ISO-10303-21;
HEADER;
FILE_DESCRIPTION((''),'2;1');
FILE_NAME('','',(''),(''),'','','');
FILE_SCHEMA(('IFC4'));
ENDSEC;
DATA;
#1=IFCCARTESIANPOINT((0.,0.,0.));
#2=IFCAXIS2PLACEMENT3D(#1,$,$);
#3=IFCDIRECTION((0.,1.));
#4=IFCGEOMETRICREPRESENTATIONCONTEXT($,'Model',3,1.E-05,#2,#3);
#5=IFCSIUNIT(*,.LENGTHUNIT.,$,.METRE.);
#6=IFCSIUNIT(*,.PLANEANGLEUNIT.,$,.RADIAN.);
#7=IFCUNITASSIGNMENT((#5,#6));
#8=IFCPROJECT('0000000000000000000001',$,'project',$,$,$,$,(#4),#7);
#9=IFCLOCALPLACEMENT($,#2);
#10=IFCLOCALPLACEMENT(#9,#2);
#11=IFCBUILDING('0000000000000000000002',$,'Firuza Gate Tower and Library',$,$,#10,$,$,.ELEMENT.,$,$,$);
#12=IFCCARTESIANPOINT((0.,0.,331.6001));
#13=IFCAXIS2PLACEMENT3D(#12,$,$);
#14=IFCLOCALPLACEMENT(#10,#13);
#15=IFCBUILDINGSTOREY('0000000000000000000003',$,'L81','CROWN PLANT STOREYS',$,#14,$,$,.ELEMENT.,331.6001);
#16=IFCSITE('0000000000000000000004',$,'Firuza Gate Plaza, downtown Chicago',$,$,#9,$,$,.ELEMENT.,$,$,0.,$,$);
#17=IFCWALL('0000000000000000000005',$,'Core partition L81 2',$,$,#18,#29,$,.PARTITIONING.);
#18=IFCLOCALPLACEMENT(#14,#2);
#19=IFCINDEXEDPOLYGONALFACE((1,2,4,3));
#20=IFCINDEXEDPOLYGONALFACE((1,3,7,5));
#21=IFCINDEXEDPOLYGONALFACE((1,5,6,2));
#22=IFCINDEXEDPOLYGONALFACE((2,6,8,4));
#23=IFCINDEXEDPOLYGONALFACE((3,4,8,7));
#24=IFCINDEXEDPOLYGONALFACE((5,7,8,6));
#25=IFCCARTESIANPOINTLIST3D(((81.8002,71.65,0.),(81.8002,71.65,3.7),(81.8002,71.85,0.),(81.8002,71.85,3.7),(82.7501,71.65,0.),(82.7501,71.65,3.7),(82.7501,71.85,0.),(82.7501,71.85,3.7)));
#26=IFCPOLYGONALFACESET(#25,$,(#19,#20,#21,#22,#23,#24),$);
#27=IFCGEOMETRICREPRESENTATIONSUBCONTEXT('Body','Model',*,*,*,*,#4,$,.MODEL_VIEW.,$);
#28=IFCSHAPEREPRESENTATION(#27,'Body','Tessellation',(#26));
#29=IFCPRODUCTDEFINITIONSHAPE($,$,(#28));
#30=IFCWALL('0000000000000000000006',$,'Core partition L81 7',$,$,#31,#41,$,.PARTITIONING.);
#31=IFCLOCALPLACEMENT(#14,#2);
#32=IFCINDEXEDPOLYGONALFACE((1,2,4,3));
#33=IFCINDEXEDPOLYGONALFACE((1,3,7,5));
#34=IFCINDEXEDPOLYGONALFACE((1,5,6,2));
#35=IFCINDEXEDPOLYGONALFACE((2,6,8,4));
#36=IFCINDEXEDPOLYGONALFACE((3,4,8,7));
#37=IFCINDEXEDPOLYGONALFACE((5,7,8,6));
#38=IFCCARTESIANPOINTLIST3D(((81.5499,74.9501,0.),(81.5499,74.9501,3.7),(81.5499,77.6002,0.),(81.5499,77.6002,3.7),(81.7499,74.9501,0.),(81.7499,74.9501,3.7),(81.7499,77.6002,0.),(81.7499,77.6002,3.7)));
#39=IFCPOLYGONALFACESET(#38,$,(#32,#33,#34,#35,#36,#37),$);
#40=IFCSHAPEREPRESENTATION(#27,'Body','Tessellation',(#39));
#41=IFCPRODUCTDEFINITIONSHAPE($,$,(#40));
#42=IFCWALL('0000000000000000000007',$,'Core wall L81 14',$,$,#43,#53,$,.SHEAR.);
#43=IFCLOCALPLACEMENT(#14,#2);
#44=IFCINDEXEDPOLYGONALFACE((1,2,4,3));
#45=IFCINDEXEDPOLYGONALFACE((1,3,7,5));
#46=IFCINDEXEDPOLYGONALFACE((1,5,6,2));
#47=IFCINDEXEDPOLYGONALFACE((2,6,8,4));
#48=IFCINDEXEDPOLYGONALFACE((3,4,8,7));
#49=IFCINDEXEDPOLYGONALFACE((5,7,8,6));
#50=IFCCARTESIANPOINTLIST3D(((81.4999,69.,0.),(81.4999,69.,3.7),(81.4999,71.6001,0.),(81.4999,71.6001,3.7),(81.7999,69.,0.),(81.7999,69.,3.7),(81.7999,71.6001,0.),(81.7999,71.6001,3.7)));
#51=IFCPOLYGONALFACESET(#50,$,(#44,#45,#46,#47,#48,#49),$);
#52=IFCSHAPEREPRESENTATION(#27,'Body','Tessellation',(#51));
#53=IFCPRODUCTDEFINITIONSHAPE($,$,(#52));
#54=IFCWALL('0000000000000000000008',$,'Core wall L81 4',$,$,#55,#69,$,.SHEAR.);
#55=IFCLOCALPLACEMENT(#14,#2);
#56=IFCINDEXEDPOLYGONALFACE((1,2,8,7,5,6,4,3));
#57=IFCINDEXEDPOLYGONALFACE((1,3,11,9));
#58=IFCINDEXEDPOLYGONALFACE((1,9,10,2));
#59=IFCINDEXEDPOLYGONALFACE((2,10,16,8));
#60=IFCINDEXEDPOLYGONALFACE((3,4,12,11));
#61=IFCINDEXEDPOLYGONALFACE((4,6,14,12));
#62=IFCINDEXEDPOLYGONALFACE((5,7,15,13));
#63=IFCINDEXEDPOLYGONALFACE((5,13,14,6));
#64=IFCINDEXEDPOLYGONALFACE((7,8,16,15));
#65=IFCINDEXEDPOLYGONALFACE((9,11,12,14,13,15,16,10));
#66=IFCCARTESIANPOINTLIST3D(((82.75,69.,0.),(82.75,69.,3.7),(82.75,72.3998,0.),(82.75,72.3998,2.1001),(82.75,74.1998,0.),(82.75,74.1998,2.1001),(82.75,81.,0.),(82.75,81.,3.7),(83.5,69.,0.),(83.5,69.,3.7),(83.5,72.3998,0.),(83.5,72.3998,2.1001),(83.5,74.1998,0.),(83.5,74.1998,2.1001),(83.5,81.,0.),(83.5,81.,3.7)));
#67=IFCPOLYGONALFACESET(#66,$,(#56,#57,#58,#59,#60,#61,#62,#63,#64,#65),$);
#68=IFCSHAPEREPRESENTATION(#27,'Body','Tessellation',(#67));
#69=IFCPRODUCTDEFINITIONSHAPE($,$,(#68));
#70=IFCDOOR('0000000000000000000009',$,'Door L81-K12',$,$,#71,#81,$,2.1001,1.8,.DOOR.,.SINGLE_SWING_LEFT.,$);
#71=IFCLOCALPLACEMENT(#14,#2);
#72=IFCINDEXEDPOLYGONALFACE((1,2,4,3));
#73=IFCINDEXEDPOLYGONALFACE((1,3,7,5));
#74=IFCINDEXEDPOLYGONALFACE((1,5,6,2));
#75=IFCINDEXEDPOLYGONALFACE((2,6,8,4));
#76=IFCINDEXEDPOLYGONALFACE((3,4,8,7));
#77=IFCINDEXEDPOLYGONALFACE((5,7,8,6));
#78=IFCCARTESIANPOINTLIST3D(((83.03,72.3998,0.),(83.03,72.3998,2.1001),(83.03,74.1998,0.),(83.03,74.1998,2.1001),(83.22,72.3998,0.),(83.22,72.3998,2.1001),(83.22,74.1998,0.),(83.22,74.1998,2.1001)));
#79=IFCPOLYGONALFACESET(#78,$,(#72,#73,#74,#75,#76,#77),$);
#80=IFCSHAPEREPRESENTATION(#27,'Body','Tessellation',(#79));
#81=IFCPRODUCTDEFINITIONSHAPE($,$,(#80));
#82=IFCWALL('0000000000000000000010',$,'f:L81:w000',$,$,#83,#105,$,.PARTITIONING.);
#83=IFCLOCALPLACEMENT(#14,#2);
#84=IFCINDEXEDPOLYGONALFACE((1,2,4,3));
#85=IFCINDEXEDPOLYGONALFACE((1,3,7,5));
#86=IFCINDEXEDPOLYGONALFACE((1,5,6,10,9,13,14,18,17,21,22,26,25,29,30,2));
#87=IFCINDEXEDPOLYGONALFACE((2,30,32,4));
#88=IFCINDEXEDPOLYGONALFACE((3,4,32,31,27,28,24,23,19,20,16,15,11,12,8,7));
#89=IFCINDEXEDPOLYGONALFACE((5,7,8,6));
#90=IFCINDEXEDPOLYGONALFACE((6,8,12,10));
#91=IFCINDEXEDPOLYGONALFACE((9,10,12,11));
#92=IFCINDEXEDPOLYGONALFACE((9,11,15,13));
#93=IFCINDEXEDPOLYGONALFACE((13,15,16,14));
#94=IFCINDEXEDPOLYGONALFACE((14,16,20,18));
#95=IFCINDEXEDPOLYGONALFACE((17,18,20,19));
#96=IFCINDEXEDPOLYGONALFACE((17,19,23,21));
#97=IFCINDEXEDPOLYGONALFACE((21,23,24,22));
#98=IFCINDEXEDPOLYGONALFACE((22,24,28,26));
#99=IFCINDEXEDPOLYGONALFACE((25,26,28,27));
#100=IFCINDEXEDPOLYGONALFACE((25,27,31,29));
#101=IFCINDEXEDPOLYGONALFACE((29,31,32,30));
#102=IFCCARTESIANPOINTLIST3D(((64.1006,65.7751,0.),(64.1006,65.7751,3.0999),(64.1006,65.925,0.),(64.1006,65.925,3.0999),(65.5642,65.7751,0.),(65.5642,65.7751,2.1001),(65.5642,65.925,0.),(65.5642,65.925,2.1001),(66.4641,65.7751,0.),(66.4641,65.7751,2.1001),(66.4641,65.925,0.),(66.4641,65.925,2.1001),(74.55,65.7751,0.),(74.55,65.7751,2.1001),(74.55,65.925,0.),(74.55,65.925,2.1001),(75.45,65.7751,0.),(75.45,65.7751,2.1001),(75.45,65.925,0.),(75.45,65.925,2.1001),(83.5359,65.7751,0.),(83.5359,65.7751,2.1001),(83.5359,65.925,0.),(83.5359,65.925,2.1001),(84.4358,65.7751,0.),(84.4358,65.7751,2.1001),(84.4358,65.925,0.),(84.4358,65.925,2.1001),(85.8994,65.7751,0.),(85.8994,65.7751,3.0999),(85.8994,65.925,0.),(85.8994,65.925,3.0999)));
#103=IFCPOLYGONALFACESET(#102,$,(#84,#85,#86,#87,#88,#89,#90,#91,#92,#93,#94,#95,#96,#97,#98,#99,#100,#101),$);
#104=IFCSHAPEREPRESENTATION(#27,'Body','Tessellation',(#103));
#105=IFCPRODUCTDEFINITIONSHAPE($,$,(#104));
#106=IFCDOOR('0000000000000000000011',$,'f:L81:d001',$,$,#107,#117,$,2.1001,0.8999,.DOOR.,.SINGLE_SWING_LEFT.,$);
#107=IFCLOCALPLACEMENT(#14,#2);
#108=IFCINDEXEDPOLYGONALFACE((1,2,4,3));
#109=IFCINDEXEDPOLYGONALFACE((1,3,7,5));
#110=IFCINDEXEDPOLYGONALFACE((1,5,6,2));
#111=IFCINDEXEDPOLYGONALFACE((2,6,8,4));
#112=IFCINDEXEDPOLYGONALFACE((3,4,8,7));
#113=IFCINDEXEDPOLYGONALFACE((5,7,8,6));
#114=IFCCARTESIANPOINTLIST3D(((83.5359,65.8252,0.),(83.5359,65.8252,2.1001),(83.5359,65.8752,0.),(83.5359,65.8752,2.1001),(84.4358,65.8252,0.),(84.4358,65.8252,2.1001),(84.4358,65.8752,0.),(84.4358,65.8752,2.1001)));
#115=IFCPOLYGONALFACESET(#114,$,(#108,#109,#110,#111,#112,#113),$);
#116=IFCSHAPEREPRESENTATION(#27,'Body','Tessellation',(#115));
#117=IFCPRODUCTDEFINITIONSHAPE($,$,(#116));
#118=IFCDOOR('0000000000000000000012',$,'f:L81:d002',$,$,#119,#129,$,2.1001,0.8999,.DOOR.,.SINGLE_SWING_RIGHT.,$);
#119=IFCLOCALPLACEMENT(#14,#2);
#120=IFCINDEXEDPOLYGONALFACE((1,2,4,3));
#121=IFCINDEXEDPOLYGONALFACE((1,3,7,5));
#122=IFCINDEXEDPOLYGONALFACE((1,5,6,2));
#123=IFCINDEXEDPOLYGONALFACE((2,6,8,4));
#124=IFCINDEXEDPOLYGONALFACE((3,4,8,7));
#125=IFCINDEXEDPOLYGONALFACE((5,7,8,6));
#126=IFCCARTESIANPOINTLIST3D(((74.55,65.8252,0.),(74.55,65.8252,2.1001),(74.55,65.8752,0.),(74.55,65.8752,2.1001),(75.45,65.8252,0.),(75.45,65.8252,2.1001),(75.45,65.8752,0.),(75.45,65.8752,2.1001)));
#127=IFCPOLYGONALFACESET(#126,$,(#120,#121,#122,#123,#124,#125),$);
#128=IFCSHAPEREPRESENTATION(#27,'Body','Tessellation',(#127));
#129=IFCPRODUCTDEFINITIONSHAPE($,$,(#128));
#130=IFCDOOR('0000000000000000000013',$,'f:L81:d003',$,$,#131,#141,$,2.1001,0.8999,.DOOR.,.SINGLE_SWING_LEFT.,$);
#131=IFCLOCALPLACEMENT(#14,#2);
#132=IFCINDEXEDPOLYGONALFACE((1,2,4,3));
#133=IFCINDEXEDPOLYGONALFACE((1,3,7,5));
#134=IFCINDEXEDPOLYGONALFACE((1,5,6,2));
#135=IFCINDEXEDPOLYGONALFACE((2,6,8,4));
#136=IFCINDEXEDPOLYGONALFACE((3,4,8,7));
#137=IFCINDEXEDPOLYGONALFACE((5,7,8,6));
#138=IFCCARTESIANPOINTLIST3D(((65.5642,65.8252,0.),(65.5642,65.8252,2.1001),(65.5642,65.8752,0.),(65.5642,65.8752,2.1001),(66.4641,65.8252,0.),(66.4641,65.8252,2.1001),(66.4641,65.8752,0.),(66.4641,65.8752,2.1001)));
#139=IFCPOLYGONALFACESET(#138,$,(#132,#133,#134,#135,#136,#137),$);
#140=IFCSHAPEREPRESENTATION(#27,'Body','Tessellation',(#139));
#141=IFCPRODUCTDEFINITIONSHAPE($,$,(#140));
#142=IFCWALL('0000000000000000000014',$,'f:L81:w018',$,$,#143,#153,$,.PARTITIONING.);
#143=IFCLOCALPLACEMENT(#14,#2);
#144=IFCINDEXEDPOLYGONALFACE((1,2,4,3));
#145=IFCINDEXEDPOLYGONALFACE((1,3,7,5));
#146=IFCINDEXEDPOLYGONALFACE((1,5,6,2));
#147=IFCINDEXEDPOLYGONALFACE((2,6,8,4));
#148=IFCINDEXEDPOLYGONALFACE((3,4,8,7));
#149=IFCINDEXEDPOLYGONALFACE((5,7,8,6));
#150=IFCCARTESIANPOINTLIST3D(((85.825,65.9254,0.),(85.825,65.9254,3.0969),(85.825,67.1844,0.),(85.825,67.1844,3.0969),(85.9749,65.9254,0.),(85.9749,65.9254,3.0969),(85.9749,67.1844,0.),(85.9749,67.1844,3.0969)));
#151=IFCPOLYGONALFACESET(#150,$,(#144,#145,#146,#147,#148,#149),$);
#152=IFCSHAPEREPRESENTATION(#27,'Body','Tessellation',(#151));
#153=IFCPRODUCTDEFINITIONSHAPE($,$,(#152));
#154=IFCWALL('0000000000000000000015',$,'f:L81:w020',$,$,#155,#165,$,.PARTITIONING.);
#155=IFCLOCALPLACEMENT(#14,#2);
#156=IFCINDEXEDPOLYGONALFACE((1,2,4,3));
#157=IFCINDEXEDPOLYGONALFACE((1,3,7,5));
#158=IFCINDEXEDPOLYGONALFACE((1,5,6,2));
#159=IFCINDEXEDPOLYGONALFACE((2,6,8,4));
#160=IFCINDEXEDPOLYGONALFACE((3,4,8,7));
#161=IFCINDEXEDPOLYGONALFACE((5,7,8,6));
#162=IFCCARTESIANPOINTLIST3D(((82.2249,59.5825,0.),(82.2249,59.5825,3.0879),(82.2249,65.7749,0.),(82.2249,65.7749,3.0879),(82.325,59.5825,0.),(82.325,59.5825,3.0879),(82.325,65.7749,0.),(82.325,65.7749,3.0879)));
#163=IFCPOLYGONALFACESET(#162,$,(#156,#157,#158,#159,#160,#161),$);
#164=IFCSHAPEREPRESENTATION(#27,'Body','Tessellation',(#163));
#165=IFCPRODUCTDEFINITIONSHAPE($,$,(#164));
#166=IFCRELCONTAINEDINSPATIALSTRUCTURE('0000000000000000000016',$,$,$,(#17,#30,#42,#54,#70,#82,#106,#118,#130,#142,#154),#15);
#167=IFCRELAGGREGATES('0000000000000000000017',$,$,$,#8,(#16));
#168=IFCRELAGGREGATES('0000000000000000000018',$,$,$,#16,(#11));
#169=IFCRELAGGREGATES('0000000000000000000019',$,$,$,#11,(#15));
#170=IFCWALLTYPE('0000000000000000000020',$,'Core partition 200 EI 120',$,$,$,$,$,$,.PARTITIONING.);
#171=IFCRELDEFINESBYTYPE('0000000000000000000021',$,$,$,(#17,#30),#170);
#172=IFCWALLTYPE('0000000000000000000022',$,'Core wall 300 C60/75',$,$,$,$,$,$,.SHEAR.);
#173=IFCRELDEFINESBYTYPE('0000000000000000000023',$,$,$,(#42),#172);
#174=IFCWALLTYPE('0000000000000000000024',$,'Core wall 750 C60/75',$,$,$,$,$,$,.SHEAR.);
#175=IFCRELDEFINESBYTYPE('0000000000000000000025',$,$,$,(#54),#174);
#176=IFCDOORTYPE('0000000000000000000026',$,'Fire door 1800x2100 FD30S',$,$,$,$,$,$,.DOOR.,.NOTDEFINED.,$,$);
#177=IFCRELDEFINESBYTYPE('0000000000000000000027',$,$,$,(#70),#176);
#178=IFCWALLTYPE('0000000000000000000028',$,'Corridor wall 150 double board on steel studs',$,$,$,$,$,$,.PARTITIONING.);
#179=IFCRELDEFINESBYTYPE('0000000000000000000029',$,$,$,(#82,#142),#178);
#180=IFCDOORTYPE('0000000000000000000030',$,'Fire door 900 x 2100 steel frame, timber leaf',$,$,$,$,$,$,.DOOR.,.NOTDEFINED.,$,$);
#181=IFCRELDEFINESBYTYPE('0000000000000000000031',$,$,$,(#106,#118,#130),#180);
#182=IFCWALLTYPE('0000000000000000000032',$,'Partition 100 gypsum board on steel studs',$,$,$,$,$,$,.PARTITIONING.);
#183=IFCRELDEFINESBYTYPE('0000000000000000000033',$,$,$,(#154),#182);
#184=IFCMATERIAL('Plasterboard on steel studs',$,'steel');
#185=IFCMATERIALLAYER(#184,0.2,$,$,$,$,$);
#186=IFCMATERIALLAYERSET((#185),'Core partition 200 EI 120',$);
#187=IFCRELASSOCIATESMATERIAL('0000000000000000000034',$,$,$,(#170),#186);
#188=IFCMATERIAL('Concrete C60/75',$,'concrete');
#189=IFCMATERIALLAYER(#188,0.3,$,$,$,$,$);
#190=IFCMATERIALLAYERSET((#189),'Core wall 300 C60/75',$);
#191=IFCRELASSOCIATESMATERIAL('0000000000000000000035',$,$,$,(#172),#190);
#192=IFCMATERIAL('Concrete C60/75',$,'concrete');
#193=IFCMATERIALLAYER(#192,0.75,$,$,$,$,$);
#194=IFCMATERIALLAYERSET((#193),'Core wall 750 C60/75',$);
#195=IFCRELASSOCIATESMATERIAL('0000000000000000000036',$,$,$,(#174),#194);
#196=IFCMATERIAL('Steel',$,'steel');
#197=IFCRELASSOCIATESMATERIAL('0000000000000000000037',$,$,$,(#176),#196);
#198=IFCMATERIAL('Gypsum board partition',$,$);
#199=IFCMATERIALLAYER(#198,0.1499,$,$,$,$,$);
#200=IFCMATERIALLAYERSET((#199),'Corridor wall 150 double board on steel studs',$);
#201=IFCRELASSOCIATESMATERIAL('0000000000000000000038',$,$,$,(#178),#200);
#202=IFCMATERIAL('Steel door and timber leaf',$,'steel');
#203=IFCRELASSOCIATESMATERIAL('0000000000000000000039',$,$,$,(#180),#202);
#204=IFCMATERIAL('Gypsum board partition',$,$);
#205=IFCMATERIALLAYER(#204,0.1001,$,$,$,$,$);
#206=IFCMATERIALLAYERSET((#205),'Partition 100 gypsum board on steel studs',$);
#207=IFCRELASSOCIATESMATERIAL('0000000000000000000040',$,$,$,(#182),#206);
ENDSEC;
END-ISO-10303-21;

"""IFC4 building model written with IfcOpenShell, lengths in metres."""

from ifc_helpers import new_model, si_unit, direction, frame, frame_2d, origin, place, context, subcontext, project, spatial, rectangle, extrude, material, layer, layer_set, type_object, element, fill, save


model = new_model("IFC4")

# Units and contexts
model_context = context("Model", 3, precision=1e-05, world=origin(), true_north=direction((0.0, 1.0)))
body_context = subcontext(model_context, "Body", "Model", "MODEL_VIEW")
ifc_project = project(units=[si_unit("LENGTHUNIT", "METRE"), si_unit("PLANEANGLEUNIT", "RADIAN")], contexts=[model_context])

# Site, building, storey
site_placement = place(None, origin())
site = spatial("IfcSite", under=ifc_project, at=site_placement, Name="Firuza Gate Plaza, downtown Chicago", CompositionType="ELEMENT", RefElevation=0.0)
building_placement = place(site_placement, origin())
building = spatial("IfcBuilding", under=site, at=building_placement, Name="Firuza Gate Tower and Library", CompositionType="ELEMENT")
storey_placement = place(building_placement, frame((0.0, 0.0, 331.6001)))
storey = spatial("IfcBuildingStorey", under=building, at=storey_placement, Name="L81", Description="CROWN PLANT STOREYS", CompositionType="ELEMENT", Elevation=331.6001)

# Walls
ifc_material_1 = material(Name="Plasterboard on steel studs", Category="steel")
ifc_layer_1 = layer(ifc_material_1, 0.2)
ifc_layer_set_1 = layer_set([ifc_layer_1], Name="Core partition 200 EI 120")
wall_type_1 = type_object("IfcWallType", Name="Core partition 200 EI 120", PredefinedType="PARTITIONING", material=ifc_layer_set_1)
wall_1_placement = place(storey_placement, frame((81.8, 71.75, 0.0), z_axis=(0.0, 0.0, 1.0), x_axis=(1.0, 0.0, 0.0)))
element("IfcWall", 1, at=wall_1_placement, inside=storey, type_object=wall_type_1, Name="Core partition L81 2", PredefinedType="PARTITIONING", context=body_context, shape_type="SweptSolid", body=[
    extrude(rectangle(XDim=0.95, YDim=0.2, at=frame_2d((0.4751, 0.0))), origin(), (0.0, 0.0, 1.0), 3.7),
])
wall_2_placement = place(storey_placement, frame((81.6499, 74.95, 0.0), z_axis=(0.0, 0.0, 1.0), x_axis=(0.0, 1.0, 0.0)))
element("IfcWall", 2, at=wall_2_placement, inside=storey, type_object=wall_type_1, Name="Core partition L81 7", PredefinedType="PARTITIONING", context=body_context, shape_type="SweptSolid", body=[
    extrude(rectangle(XDim=2.6501, YDim=0.2, at=frame_2d((1.3252, 0.0))), origin(), (0.0, 0.0, 1.0), 3.7),
])
ifc_material_2 = material(Name="Concrete C60/75", Category="concrete")
ifc_layer_2 = layer(ifc_material_2, 0.3)
ifc_layer_set_2 = layer_set([ifc_layer_2], Name="Core wall 300 C60/75")
wall_type_2 = type_object("IfcWallType", Name="Core wall 300 C60/75", PredefinedType="SHEAR", material=ifc_layer_set_2)
wall_3_placement = place(storey_placement, frame((81.6499, 69.0, 0.0), z_axis=(0.0, 0.0, 1.0), x_axis=(0.0, 1.0, 0.0)))
element("IfcWall", 3, at=wall_3_placement, inside=storey, type_object=wall_type_2, Name="Core wall L81 14", PredefinedType="SHEAR", context=body_context, shape_type="SweptSolid", body=[
    extrude(rectangle(XDim=2.6001, YDim=0.3, at=frame_2d((1.3, 0.0))), origin(), (0.0, 0.0, 1.0), 3.7),
])

# Wall, opening, door
ifc_material_3 = material(Name="Concrete C60/75", Category="concrete")
ifc_layer_3 = layer(ifc_material_3, 0.75)
ifc_layer_set_3 = layer_set([ifc_layer_3], Name="Core wall 750 C60/75")
wall_type_3 = type_object("IfcWallType", Name="Core wall 750 C60/75", PredefinedType="SHEAR", material=ifc_layer_set_3)
wall_4_placement = place(storey_placement, frame((83.125, 69.0, 0.0), z_axis=(0.0, 0.0, 1.0), x_axis=(0.0, 1.0, 0.0)))
wall_4 = element("IfcWall", 4, at=wall_4_placement, inside=storey, type_object=wall_type_3, Name="Core wall L81 4", PredefinedType="SHEAR", context=body_context, shape_type="SweptSolid", body=[
    extrude(rectangle(XDim=12.0, YDim=0.75, at=frame_2d((6.0, 0.0))), origin(), (0.0, 0.0, 1.0), 3.7),
])
opening_1_placement = place(wall_4_placement, frame((3.3999, 0.0, 0.0)))
opening_1 = element("IfcOpeningElement", 5, at=opening_1_placement, cuts=wall_4, PredefinedType="OPENING", context=body_context, shape_type="SweptSolid", body=[
    extrude(rectangle(XDim=1.8, YDim=2.1001, at=frame_2d((0.8999, 1.05))), frame((0.0, 0.385, 0.0), z_axis=(0.0, -1.0, 0.0), x_axis=(1.0, 0.0, 0.0)), (0.0, 0.0, 1.0), 0.77),
])
ifc_material_4 = material(Name="Steel", Category="steel")
door_type_1 = type_object("IfcDoorType", Name="Fire door 1800x2100 FD30S", OperationType="NOTDEFINED", PredefinedType="DOOR", material=ifc_material_4)
door_1_placement = place(opening_1_placement, origin())
door_1 = element("IfcDoor", 6, at=door_1_placement, inside=storey, type_object=door_type_1, Name="Door L81-K12", OperationType="SINGLE_SWING_LEFT", OverallHeight=2.1001, OverallWidth=1.8, PredefinedType="DOOR", context=body_context, shape_type="SweptSolid", body=[
    extrude(rectangle(XDim=1.8, YDim=2.1001, at=frame_2d((0.8999, 1.05))), frame((0.0, 0.095, 0.0), z_axis=(0.0, -1.0, 0.0), x_axis=(1.0, 0.0, 0.0)), (0.0, 0.0, 1.0), 0.1899),
])
fill(opening_1, door_1)

# Wall, openings, doors
ifc_material_5 = material(Name="Gypsum board partition")
ifc_layer_4 = layer(ifc_material_5, 0.1499)
ifc_layer_set_4 = layer_set([ifc_layer_4], Name="Corridor wall 150 double board on steel studs")
wall_type_4 = type_object("IfcWallType", Name="Corridor wall 150 double board on steel studs", PredefinedType="PARTITIONING", material=ifc_layer_set_4)
wall_5_placement = place(storey_placement, frame((85.8994, 65.8501, 0.0), z_axis=(0.0, 0.0, 1.0), x_axis=(-1.0, 0.0, 0.0)))
wall_5 = element("IfcWall", 7, at=wall_5_placement, inside=storey, type_object=wall_type_4, Name="f:L81:w000", PredefinedType="PARTITIONING", context=body_context, shape_type="SweptSolid", body=[
    extrude(rectangle(XDim=21.7988, YDim=0.1499, at=frame_2d((10.8994, 0.0))), origin(), (0.0, 0.0, 1.0), 3.0999),
])
opening_2_placement = place(wall_5_placement, frame((1.4636, 0.0, 0.0)))
opening_2 = element("IfcOpeningElement", 8, at=opening_2_placement, cuts=wall_5, PredefinedType="OPENING", context=body_context, shape_type="SweptSolid", body=[
    extrude(rectangle(XDim=0.8999, YDim=2.1001, at=frame_2d((0.45, 1.05))), frame((0.0, 0.085, 0.0), z_axis=(0.0, -1.0, 0.0), x_axis=(1.0, 0.0, 0.0)), (0.0, 0.0, 1.0), 0.1699),
])
opening_3_placement = place(wall_5_placement, frame((10.4495, 0.0, 0.0)))
opening_3 = element("IfcOpeningElement", 9, at=opening_3_placement, cuts=wall_5, PredefinedType="OPENING", context=body_context, shape_type="SweptSolid", body=[
    extrude(rectangle(XDim=0.8999, YDim=2.1001, at=frame_2d((0.45, 1.05))), frame((0.0, 0.085, 0.0), z_axis=(0.0, -1.0, 0.0), x_axis=(1.0, 0.0, 0.0)), (0.0, 0.0, 1.0), 0.1699),
])
opening_4_placement = place(wall_5_placement, frame((19.4353, 0.0, 0.0)))
opening_4 = element("IfcOpeningElement", 10, at=opening_4_placement, cuts=wall_5, PredefinedType="OPENING", context=body_context, shape_type="SweptSolid", body=[
    extrude(rectangle(XDim=0.8999, YDim=2.1001, at=frame_2d((0.45, 1.05))), frame((0.0, 0.085, 0.0), z_axis=(0.0, -1.0, 0.0), x_axis=(1.0, 0.0, 0.0)), (0.0, 0.0, 1.0), 0.1699),
])
ifc_material_6 = material(Name="Steel door and timber leaf", Category="steel")
door_type_2 = type_object("IfcDoorType", Name="Fire door 900 x 2100 steel frame, timber leaf", OperationType="NOTDEFINED", PredefinedType="DOOR", material=ifc_material_6)
door_2_placement = place(opening_2_placement, origin())
door_2 = element("IfcDoor", 11, at=door_2_placement, inside=storey, type_object=door_type_2, Name="f:L81:d001", OperationType="SINGLE_SWING_LEFT", OverallHeight=2.1001, OverallWidth=0.8999, PredefinedType="DOOR", context=body_context, shape_type="SweptSolid", body=[
    extrude(rectangle(XDim=0.8999, YDim=2.1001, at=frame_2d((0.45, 1.05))), frame((0.0, 0.0249, 0.0), z_axis=(0.0, -1.0, 0.0), x_axis=(1.0, 0.0, 0.0)), (0.0, 0.0, 1.0), 0.05),
])
fill(opening_2, door_2)
door_3_placement = place(opening_3_placement, origin())
door_3 = element("IfcDoor", 12, at=door_3_placement, inside=storey, type_object=door_type_2, Name="f:L81:d002", OperationType="SINGLE_SWING_RIGHT", OverallHeight=2.1001, OverallWidth=0.8999, PredefinedType="DOOR", context=body_context, shape_type="SweptSolid", body=[
    extrude(rectangle(XDim=0.8999, YDim=2.1001, at=frame_2d((0.45, 1.05))), frame((0.0, 0.0249, 0.0), z_axis=(0.0, -1.0, 0.0), x_axis=(1.0, 0.0, 0.0)), (0.0, 0.0, 1.0), 0.05),
])
fill(opening_3, door_3)
door_4_placement = place(opening_4_placement, origin())
door_4 = element("IfcDoor", 13, at=door_4_placement, inside=storey, type_object=door_type_2, Name="f:L81:d003", OperationType="SINGLE_SWING_LEFT", OverallHeight=2.1001, OverallWidth=0.8999, PredefinedType="DOOR", context=body_context, shape_type="SweptSolid", body=[
    extrude(rectangle(XDim=0.8999, YDim=2.1001, at=frame_2d((0.45, 1.05))), frame((0.0, 0.0249, 0.0), z_axis=(0.0, -1.0, 0.0), x_axis=(1.0, 0.0, 0.0)), (0.0, 0.0, 1.0), 0.05),
])
fill(opening_4, door_4)

# Walls
wall_6_placement = place(storey_placement, frame((85.8999, 65.9255, 0.0), z_axis=(0.0, 0.0, 1.0), x_axis=(0.0, 1.0, 0.0)))
element("IfcWall", 14, at=wall_6_placement, inside=storey, type_object=wall_type_4, Name="f:L81:w018", PredefinedType="PARTITIONING", context=body_context, shape_type="SweptSolid", body=[
    extrude(rectangle(XDim=1.259, YDim=0.1499, at=frame_2d((0.6294, 0.0))), origin(), (0.0, 0.0, 1.0), 3.0969),
])
ifc_material_7 = material(Name="Gypsum board partition")
ifc_layer_5 = layer(ifc_material_7, 0.1001)
ifc_layer_set_5 = layer_set([ifc_layer_5], Name="Partition 100 gypsum board on steel studs")
wall_type_5 = type_object("IfcWallType", Name="Partition 100 gypsum board on steel studs", PredefinedType="PARTITIONING", material=ifc_layer_set_5)
wall_7_placement = place(storey_placement, frame((82.2749, 59.5825, 0.0), z_axis=(0.0, 0.0, 1.0), x_axis=(0.0, 1.0, 0.0)))
element("IfcWall", 15, at=wall_7_placement, inside=storey, type_object=wall_type_5, Name="f:L81:w020", PredefinedType="PARTITIONING", context=body_context, shape_type="SweptSolid", body=[
    extrude(rectangle(XDim=6.1924, YDim=0.1001, at=frame_2d((3.0962, 0.0))), origin(), (0.0, 0.0, 1.0), 3.0879),
])

save(model, "model.ifc")
